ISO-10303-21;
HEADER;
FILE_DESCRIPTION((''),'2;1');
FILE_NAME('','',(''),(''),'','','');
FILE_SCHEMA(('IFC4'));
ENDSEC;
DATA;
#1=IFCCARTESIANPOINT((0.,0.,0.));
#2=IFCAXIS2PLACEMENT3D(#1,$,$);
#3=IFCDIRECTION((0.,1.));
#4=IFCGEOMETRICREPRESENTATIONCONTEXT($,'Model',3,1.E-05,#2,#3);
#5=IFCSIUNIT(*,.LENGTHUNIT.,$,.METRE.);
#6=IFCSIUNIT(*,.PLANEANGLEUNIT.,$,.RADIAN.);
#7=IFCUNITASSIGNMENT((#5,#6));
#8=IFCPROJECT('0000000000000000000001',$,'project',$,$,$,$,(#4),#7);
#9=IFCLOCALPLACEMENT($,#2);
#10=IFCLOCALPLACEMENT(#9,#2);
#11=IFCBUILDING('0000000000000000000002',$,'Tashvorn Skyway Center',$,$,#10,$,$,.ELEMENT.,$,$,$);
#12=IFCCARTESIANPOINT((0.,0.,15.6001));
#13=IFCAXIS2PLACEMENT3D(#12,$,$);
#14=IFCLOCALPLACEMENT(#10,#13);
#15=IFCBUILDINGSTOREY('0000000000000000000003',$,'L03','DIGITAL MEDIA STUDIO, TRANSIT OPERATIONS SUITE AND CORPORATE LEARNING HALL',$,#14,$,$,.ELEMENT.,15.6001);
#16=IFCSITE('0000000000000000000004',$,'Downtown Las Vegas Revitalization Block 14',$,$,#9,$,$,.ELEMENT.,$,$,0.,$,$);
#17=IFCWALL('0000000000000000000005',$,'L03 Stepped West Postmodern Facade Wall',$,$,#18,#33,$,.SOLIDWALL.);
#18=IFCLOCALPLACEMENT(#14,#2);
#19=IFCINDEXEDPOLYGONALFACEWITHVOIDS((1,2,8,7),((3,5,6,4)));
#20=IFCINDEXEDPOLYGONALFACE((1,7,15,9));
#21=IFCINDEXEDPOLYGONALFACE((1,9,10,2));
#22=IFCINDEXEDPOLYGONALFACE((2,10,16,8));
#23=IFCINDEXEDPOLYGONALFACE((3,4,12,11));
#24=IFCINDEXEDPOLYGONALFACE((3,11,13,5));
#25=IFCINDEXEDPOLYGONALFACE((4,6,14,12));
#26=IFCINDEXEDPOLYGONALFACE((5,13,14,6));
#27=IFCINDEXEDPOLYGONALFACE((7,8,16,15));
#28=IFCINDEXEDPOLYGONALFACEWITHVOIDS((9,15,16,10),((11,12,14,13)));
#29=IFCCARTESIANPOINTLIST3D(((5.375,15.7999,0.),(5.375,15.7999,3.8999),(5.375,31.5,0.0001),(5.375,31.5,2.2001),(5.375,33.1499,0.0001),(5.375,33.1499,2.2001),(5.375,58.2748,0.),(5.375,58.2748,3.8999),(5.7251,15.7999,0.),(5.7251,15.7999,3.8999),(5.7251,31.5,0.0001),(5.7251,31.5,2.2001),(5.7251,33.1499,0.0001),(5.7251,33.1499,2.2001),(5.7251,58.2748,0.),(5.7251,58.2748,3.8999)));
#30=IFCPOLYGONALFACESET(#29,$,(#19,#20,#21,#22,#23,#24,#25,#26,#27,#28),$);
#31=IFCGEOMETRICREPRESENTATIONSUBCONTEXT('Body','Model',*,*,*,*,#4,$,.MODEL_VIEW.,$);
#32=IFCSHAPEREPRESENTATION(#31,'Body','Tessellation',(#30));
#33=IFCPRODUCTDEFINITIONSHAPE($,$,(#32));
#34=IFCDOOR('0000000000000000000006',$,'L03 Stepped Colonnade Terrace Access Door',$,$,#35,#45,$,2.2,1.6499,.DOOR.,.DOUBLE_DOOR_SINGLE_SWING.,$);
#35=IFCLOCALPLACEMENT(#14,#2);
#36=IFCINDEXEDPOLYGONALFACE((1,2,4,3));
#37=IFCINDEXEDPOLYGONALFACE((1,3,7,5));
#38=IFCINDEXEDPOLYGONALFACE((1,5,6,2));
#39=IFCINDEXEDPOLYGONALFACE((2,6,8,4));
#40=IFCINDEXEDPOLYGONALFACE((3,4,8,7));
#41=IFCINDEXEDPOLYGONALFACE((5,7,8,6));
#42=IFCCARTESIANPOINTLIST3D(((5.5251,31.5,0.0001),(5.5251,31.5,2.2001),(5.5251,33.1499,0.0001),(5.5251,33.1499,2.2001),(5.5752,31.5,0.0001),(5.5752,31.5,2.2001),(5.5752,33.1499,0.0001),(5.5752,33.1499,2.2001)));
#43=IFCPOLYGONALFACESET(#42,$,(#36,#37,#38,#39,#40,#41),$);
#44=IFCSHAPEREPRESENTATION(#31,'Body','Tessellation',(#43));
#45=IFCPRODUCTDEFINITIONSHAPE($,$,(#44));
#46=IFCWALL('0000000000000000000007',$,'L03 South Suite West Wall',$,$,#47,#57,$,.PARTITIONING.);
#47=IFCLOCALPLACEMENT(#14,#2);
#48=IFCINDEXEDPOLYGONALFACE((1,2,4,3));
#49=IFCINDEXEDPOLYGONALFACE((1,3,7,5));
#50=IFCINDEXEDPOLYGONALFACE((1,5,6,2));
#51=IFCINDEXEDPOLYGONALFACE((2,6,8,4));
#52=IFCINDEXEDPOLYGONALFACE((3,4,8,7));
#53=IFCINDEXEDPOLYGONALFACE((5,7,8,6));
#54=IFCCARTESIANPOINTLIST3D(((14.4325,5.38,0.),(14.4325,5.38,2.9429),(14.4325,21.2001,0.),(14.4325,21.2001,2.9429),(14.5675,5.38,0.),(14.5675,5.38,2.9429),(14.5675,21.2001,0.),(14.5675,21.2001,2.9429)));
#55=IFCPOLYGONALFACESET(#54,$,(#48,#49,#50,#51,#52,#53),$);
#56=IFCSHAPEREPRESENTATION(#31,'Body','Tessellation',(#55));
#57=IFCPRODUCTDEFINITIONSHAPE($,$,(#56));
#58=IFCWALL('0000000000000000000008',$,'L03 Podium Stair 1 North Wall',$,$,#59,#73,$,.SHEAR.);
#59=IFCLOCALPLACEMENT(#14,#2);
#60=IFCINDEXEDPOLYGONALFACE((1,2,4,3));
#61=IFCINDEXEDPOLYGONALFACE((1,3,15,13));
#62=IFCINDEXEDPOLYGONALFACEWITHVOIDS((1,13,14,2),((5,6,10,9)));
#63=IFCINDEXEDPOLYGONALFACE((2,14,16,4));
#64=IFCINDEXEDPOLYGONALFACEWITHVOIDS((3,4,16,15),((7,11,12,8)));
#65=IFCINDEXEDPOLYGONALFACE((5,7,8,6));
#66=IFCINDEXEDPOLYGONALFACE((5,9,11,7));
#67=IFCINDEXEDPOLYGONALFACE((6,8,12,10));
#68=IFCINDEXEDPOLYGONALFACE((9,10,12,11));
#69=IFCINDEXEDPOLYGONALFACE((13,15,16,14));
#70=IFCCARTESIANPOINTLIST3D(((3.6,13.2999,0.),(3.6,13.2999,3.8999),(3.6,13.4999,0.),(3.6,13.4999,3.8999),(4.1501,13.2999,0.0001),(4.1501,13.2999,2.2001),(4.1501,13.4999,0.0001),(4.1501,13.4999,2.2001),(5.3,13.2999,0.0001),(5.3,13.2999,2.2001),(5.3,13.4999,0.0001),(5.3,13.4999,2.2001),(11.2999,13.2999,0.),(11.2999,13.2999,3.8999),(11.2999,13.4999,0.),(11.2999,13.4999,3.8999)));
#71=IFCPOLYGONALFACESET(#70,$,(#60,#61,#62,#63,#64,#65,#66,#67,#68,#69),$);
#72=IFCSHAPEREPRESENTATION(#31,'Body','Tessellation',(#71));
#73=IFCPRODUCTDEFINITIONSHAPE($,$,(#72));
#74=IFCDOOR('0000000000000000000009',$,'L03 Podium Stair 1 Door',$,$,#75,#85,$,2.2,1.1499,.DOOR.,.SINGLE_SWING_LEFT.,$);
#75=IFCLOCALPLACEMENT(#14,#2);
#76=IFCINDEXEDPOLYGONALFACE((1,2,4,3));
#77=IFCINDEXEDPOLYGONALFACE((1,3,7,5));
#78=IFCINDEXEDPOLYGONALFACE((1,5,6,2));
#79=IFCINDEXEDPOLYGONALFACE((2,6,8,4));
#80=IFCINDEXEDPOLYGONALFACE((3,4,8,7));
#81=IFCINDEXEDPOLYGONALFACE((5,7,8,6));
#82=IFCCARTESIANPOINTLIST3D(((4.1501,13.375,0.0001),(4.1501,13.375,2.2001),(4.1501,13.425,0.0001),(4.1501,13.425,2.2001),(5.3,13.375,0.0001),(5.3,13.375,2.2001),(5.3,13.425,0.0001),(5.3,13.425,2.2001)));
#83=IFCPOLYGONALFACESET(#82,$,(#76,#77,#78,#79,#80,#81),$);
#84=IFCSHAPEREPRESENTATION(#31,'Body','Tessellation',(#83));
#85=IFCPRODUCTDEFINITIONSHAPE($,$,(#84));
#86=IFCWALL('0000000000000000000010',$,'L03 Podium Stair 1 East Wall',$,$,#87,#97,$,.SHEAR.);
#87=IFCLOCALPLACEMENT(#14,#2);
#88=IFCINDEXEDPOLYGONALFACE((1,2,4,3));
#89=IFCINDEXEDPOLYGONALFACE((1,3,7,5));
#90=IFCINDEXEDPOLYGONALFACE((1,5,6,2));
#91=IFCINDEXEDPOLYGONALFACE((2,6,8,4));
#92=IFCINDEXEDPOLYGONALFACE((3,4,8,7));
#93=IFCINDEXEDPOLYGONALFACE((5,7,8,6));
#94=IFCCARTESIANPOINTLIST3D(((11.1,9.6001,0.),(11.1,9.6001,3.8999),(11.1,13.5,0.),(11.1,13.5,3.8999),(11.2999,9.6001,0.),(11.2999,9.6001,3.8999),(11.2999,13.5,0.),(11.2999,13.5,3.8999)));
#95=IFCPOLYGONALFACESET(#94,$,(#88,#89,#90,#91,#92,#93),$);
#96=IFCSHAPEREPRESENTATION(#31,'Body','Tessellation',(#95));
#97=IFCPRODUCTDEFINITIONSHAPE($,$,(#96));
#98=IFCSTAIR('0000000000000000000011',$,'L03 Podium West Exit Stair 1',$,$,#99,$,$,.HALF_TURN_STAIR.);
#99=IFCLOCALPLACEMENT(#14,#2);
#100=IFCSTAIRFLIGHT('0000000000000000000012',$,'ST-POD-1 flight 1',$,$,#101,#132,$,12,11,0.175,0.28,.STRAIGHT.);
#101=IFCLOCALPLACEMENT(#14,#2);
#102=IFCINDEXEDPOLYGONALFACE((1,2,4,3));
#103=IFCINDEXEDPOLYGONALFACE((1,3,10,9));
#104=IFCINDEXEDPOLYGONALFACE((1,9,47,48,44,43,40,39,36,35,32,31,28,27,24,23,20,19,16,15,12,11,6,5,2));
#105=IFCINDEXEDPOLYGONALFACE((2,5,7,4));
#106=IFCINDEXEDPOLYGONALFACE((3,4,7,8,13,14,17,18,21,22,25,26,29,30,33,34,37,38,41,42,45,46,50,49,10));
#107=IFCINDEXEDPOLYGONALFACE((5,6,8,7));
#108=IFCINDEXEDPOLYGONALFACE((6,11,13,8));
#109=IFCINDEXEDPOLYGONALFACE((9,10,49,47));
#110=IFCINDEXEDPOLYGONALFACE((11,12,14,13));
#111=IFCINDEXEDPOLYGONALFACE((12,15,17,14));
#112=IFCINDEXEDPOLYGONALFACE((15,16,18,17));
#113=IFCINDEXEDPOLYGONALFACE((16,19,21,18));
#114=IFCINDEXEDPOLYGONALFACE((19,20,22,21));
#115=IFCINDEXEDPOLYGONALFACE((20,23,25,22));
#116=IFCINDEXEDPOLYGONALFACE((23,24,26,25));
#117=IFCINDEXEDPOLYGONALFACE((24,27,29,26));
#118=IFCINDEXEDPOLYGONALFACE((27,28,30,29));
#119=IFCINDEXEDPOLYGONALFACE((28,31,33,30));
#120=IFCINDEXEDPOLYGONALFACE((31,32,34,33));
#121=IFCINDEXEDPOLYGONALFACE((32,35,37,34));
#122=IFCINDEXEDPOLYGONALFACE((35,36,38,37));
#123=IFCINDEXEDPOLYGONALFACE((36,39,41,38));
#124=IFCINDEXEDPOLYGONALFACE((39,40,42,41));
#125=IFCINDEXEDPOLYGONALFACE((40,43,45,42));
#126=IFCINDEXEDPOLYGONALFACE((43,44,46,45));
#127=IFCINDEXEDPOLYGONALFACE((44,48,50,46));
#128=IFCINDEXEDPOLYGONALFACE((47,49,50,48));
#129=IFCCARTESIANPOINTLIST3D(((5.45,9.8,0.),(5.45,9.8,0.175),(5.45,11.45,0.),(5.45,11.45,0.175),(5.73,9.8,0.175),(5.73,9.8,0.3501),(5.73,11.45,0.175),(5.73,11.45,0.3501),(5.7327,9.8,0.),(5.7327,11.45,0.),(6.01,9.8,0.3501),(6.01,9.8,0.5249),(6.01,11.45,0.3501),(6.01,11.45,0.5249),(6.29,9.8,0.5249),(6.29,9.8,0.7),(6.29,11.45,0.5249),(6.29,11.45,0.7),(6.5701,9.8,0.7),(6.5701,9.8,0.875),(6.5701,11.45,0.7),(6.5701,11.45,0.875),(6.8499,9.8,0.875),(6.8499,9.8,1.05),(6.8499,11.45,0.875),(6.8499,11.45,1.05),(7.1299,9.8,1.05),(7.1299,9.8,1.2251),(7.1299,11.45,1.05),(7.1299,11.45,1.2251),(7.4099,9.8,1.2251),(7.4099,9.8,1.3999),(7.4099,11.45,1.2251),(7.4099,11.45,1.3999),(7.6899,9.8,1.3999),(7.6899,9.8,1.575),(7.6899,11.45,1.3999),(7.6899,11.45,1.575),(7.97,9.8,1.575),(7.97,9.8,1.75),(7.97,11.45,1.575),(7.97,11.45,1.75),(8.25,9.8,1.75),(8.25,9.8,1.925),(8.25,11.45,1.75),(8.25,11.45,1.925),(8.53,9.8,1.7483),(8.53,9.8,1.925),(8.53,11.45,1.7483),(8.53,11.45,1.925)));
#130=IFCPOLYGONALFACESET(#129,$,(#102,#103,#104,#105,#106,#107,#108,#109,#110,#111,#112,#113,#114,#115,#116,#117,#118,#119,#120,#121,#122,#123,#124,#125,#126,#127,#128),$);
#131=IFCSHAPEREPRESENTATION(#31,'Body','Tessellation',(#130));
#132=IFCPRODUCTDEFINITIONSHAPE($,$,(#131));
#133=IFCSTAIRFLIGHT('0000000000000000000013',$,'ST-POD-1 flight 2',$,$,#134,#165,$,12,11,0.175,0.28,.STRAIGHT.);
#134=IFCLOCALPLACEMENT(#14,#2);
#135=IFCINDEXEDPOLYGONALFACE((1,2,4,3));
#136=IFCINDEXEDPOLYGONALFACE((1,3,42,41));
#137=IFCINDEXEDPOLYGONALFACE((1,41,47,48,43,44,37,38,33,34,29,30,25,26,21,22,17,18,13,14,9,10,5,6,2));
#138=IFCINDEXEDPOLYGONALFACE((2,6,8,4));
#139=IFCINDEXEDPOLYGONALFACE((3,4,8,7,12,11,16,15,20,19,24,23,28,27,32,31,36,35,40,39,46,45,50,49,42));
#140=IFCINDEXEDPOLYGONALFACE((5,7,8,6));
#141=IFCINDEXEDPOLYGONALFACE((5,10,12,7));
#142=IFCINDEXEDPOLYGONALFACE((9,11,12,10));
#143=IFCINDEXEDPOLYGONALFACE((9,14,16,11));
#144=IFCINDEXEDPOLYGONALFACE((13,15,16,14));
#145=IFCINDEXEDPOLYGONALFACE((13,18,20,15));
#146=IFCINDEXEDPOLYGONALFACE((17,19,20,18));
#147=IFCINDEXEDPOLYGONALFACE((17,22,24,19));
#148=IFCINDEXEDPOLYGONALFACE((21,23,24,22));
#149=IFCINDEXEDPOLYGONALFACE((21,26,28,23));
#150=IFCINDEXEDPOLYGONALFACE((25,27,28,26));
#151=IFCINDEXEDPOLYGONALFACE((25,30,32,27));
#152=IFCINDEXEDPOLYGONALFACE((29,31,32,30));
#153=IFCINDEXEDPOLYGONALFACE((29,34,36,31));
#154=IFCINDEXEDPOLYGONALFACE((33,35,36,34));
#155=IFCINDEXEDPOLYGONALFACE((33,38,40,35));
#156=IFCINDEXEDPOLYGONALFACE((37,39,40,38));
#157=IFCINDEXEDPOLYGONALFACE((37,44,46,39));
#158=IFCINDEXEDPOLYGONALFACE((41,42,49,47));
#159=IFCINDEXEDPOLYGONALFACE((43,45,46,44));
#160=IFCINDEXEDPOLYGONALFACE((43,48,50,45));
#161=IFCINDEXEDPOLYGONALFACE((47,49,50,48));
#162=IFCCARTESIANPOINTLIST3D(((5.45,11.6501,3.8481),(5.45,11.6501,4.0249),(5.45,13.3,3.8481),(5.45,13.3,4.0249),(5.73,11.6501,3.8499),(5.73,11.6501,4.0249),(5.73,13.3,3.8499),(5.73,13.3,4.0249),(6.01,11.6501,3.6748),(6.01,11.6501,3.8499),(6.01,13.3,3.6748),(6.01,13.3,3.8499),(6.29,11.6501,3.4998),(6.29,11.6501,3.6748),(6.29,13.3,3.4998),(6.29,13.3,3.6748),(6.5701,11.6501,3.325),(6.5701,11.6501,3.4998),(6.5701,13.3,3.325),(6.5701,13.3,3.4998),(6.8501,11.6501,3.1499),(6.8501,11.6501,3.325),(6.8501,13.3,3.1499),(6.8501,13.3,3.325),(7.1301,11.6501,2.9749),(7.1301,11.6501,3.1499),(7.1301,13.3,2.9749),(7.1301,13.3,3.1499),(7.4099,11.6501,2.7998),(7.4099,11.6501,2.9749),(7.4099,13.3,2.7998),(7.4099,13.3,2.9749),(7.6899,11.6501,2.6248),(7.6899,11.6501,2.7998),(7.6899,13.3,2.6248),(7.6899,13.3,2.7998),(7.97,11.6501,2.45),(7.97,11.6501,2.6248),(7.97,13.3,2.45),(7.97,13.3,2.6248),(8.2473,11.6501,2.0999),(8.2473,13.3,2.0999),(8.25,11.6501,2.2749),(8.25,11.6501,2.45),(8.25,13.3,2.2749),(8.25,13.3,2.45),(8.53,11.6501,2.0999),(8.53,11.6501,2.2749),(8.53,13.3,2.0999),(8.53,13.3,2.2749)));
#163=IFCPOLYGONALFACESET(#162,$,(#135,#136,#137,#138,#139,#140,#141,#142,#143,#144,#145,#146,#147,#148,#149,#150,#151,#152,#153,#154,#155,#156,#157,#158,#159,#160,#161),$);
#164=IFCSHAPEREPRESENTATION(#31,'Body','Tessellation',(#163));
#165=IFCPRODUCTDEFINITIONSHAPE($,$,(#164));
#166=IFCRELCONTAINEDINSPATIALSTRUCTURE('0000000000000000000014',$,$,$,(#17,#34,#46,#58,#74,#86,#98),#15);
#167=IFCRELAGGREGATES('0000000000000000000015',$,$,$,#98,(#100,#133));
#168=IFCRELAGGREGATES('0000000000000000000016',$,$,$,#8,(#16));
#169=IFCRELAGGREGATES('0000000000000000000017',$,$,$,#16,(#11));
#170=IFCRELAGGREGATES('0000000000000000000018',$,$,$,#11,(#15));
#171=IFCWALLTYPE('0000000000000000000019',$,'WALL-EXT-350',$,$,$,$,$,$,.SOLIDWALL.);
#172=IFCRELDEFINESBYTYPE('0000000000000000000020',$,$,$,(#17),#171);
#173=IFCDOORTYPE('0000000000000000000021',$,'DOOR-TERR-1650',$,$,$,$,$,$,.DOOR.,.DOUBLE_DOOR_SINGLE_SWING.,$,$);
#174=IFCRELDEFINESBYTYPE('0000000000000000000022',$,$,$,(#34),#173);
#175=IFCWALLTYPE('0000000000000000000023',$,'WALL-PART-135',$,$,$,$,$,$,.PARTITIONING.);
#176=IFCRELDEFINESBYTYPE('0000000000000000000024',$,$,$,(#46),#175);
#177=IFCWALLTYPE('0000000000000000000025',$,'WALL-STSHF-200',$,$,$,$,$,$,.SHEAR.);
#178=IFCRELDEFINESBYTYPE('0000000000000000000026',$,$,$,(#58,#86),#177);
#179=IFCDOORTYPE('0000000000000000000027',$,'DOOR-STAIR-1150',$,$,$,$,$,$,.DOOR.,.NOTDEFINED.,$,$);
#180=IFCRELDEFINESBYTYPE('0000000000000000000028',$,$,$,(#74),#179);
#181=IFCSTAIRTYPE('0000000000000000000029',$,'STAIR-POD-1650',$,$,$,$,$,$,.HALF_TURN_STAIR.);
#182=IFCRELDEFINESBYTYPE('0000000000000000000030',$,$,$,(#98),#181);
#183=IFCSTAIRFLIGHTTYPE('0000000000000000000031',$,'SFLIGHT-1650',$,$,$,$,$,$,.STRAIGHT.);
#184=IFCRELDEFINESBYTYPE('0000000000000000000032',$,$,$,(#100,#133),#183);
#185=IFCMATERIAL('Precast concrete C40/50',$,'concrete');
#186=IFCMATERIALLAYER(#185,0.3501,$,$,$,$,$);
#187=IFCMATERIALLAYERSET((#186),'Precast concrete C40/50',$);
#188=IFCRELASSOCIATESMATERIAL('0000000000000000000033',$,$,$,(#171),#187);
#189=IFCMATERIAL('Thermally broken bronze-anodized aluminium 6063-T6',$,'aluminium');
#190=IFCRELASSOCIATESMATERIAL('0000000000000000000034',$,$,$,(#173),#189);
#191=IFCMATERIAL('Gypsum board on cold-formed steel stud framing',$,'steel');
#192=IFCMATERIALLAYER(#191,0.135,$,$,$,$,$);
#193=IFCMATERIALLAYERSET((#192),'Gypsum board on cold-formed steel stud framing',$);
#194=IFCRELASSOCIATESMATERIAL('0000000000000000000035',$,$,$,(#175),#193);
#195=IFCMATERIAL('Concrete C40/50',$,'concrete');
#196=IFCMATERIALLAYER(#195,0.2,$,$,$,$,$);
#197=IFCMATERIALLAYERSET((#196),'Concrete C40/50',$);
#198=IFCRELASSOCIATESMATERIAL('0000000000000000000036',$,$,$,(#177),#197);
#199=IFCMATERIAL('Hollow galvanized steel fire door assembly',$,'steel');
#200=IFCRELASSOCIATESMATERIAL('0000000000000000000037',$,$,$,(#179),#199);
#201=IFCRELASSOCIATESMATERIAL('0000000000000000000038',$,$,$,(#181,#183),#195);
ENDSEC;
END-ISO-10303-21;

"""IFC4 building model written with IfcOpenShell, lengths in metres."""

from ifc_helpers import new_model, si_unit, direction, frame, frame_2d, origin, place, context, subcontext, project, spatial, polyline, rectangle, outline, extrude, material, layer, layer_set, type_object, element, fill, aggregate, save


model = new_model("IFC4")

# Units and contexts
model_context = context("Model", 3, precision=1e-05, world=origin(), true_north=direction((0.0, 1.0)))
body_context = subcontext(model_context, "Body", "Model", "MODEL_VIEW")
ifc_project = project(units=[si_unit("LENGTHUNIT", "METRE"), si_unit("PLANEANGLEUNIT", "RADIAN")], contexts=[model_context])

# Site, building, storey
site_placement = place(None, origin())
site = spatial("IfcSite", under=ifc_project, at=site_placement, Name="Downtown Las Vegas Revitalization Block 14", CompositionType="ELEMENT", RefElevation=0.0)
building_placement = place(site_placement, origin())
building = spatial("IfcBuilding", under=site, at=building_placement, Name="Tashvorn Skyway Center", CompositionType="ELEMENT")
storey_placement = place(building_placement, frame((0.0, 0.0, 15.6001)))
storey = spatial("IfcBuildingStorey", under=building, at=storey_placement, Name="L03", Description="DIGITAL MEDIA STUDIO, TRANSIT OPERATIONS SUITE AND CORPORATE LEARNING HALL", CompositionType="ELEMENT", Elevation=15.6001)

# Wall, opening, door
ifc_material_1 = material(Name="Precast concrete C40/50", Category="concrete")
ifc_layer_1 = layer(ifc_material_1, 0.3501)
ifc_layer_set_1 = layer_set([ifc_layer_1], Name="Precast concrete C40/50")
wall_type_1 = type_object("IfcWallType", Name="WALL-EXT-350", PredefinedType="SOLIDWALL", material=ifc_layer_set_1)
wall_1_placement = place(storey_placement, frame((5.55, 15.8, 0.0), z_axis=(0.0, 0.0, 1.0), x_axis=(0.0, 1.0, 0.0)))
wall_1 = element("IfcWall", 1, at=wall_1_placement, inside=storey, type_object=wall_type_1, Name="L03 Stepped West Postmodern Facade Wall", PredefinedType="SOLIDWALL", context=body_context, shape_type="SweptSolid", body=[
    extrude(rectangle(XDim=42.4749, YDim=0.3501, at=frame_2d((21.2373, 0.0))), origin(), (0.0, 0.0, 1.0), 3.8999),
])
opening_1_placement = place(wall_1_placement, frame((15.7, 0.0, 0.0)))
opening_1 = element("IfcOpeningElement", 2, at=opening_1_placement, cuts=wall_1, PredefinedType="OPENING", context=body_context, shape_type="SweptSolid", body=[
    extrude(rectangle(XDim=1.6499, YDim=2.2, at=frame_2d((0.825, 1.1001))), frame((0.0, 0.1851, 0.0), z_axis=(0.0, -1.0, 0.0), x_axis=(1.0, 0.0, 0.0)), (0.0, 0.0, 1.0), 0.3701),
])
ifc_material_2 = material(Name="Thermally broken bronze-anodized aluminium 6063-T6", Category="aluminium")
door_type_1 = type_object("IfcDoorType", Name="DOOR-TERR-1650", OperationType="DOUBLE_DOOR_SINGLE_SWING", PredefinedType="DOOR", material=ifc_material_2)
door_1_placement = place(opening_1_placement, origin())
door_1 = element("IfcDoor", 3, at=door_1_placement, inside=storey, type_object=door_type_1, Name="L03 Stepped Colonnade Terrace Access Door", OperationType="DOUBLE_DOOR_SINGLE_SWING", OverallHeight=2.2, OverallWidth=1.6499, PredefinedType="DOOR", context=body_context, shape_type="SweptSolid", body=[
    extrude(rectangle(XDim=1.6499, YDim=2.2, at=frame_2d((0.825, 1.1001))), frame((0.0, 0.0249, 0.0), z_axis=(0.0, -1.0, 0.0), x_axis=(1.0, 0.0, 0.0)), (0.0, 0.0, 1.0), 0.05),
])
fill(opening_1, door_1)

# Wall
ifc_material_3 = material(Name="Gypsum board on cold-formed steel stud framing", Category="steel")
ifc_layer_2 = layer(ifc_material_3, 0.135)
ifc_layer_set_2 = layer_set([ifc_layer_2], Name="Gypsum board on cold-formed steel stud framing")
wall_type_2 = type_object("IfcWallType", Name="WALL-PART-135", PredefinedType="PARTITIONING", material=ifc_layer_set_2)
wall_2_placement = place(storey_placement, frame((14.5, 5.3799, 0.0), z_axis=(0.0, 0.0, 1.0), x_axis=(0.0, 1.0, 0.0)))
element("IfcWall", 4, at=wall_2_placement, inside=storey, type_object=wall_type_2, Name="L03 South Suite West Wall", PredefinedType="PARTITIONING", context=body_context, shape_type="SweptSolid", body=[
    extrude(rectangle(XDim=15.8201, YDim=0.135, at=frame_2d((7.9102, 0.0))), origin(), (0.0, 0.0, 1.0), 2.9429),
])

# Wall, opening, door
ifc_material_4 = material(Name="Concrete C40/50", Category="concrete")
ifc_layer_3 = layer(ifc_material_4, 0.2)
ifc_layer_set_3 = layer_set([ifc_layer_3], Name="Concrete C40/50")
wall_type_3 = type_object("IfcWallType", Name="WALL-STSHF-200", PredefinedType="SHEAR", material=ifc_layer_set_3)
wall_3_placement = place(storey_placement, frame((11.3, 13.3999, 0.0), z_axis=(0.0, 0.0, 1.0), x_axis=(-1.0, 0.0, 0.0)))
wall_3 = element("IfcWall", 5, at=wall_3_placement, inside=storey, type_object=wall_type_3, Name="L03 Podium Stair 1 North Wall", PredefinedType="SHEAR", context=body_context, shape_type="SweptSolid", body=[
    extrude(rectangle(XDim=7.7, YDim=0.2, at=frame_2d((3.8501, 0.0))), origin(), (0.0, 0.0, 1.0), 3.8999),
])
opening_2_placement = place(wall_3_placement, frame((6.0, 0.0, 0.0)))
opening_2 = element("IfcOpeningElement", 6, at=opening_2_placement, cuts=wall_3, PredefinedType="OPENING", context=body_context, shape_type="SweptSolid", body=[
    extrude(rectangle(XDim=1.1499, YDim=2.2, at=frame_2d((0.575, 1.1001))), frame((0.0, 0.1099, 0.0), z_axis=(0.0, -1.0, 0.0), x_axis=(1.0, 0.0, 0.0)), (0.0, 0.0, 1.0), 0.22),
])
ifc_material_5 = material(Name="Hollow galvanized steel fire door assembly", Category="steel")
door_type_2 = type_object("IfcDoorType", Name="DOOR-STAIR-1150", OperationType="NOTDEFINED", PredefinedType="DOOR", material=ifc_material_5)
door_2_placement = place(opening_2_placement, origin())
door_2 = element("IfcDoor", 7, at=door_2_placement, inside=storey, type_object=door_type_2, Name="L03 Podium Stair 1 Door", OperationType="SINGLE_SWING_LEFT", OverallHeight=2.2, OverallWidth=1.1499, PredefinedType="DOOR", context=body_context, shape_type="SweptSolid", body=[
    extrude(rectangle(XDim=1.1499, YDim=2.2, at=frame_2d((0.575, 1.1001))), frame((0.0, 0.0249, 0.0), z_axis=(0.0, -1.0, 0.0), x_axis=(1.0, 0.0, 0.0)), (0.0, 0.0, 1.0), 0.05),
])
fill(opening_2, door_2)

# Wall
wall_4_placement = place(storey_placement, frame((11.2, 9.6001, 0.0), z_axis=(0.0, 0.0, 1.0), x_axis=(0.0, 1.0, 0.0)))
element("IfcWall", 8, at=wall_4_placement, inside=storey, type_object=wall_type_3, Name="L03 Podium Stair 1 East Wall", PredefinedType="SHEAR", context=body_context, shape_type="SweptSolid", body=[
    extrude(rectangle(XDim=3.8999, YDim=0.2, at=frame_2d((1.95, 0.0))), origin(), (0.0, 0.0, 1.0), 3.8999),
])

# Stair, stair flights
stair_type = type_object("IfcStairType", Name="STAIR-POD-1650", PredefinedType="HALF_TURN_STAIR", material=ifc_material_4)
stair_placement = place(storey_placement, origin())
stair = element("IfcStair", 9, at=stair_placement, inside=storey, type_object=stair_type, Name="L03 Podium West Exit Stair 1", PredefinedType="HALF_TURN_STAIR")
stair_flight_type = type_object("IfcStairFlightType", Name="SFLIGHT-1650", PredefinedType="STRAIGHT", material=ifc_material_4)
stair_flight_1_placement = place(storey_placement, frame((5.45, 10.625, 0.0), z_axis=(0.0, 0.0, 1.0), x_axis=(1.0, 0.0, 0.0)))
stair_flight_1 = element("IfcStairFlight", 10, at=stair_flight_1_placement, type_object=stair_flight_type, Name="ST-POD-1 flight 1", NumberOfRisers=12, NumberOfTreads=11, PredefinedType="STRAIGHT", RiserHeight=0.175, TreadLength=0.28, context=body_context, shape_type="SweptSolid", body=[
    extrude(outline(polyline([(0.0, 0.0), (0.0, 0.175), (0.28, 0.175), (0.28, 0.3501), (0.5601, 0.3501), (0.5601, 0.5249), (0.8401, 0.5249), (0.8401, 0.7), (1.1201, 0.7), (1.1201, 0.875), (1.3999, 0.875), (1.3999, 1.05), (1.6799, 1.05), (1.6799, 1.2251), (1.96, 1.2251), (1.96, 1.3999), (2.24, 1.3999), (2.24, 1.575), (2.52, 1.575), (2.52, 1.75), (2.8, 1.75), (2.8, 1.925), (3.0801, 1.925), (3.0801, 2.1001), (3.0801, 1.7483), (0.2827, 0.0), (0.0, 0.0)])), frame((0.0, 0.825, 0.0), z_axis=(0.0, -1.0, 0.0), x_axis=(1.0, 0.0, 0.0)), (0.0, 0.0, 1.0), 1.6499),
])
stair_flight_2_placement = place(storey_placement, frame((8.53, 12.4751, 2.0999), z_axis=(0.0, 0.0, 1.0), x_axis=(-1.0, 0.0, 0.0)))
stair_flight_2 = element("IfcStairFlight", 11, at=stair_flight_2_placement, type_object=stair_flight_type, Name="ST-POD-1 flight 2", NumberOfRisers=12, NumberOfTreads=11, PredefinedType="STRAIGHT", RiserHeight=0.175, TreadLength=0.28, context=body_context, shape_type="SweptSolid", body=[
    extrude(outline(polyline([(0.0, 0.0), (0.0, 0.175), (0.28, 0.175), (0.28, 0.3501), (0.5601, 0.3501), (0.5601, 0.5249), (0.8401, 0.5249), (0.8401, 0.7), (1.1201, 0.7), (1.1201, 0.875), (1.3999, 0.875), (1.3999, 1.05), (1.6799, 1.05), (1.6799, 1.2251), (1.96, 1.2251), (1.96, 1.3999), (2.24, 1.3999), (2.24, 1.575), (2.52, 1.575), (2.52, 1.75), (2.8, 1.75), (2.8, 1.925), (3.0801, 1.925), (3.0801, 2.1001), (3.0801, 1.7483), (0.2827, 0.0), (0.0, 0.0)])), frame((0.0, 0.825, 0.0), z_axis=(0.0, -1.0, 0.0), x_axis=(1.0, 0.0, 0.0)), (0.0, 0.0, 1.0), 1.6499),
])
aggregate(stair, [stair_flight_1, stair_flight_2])

save(model, "model.ifc")
